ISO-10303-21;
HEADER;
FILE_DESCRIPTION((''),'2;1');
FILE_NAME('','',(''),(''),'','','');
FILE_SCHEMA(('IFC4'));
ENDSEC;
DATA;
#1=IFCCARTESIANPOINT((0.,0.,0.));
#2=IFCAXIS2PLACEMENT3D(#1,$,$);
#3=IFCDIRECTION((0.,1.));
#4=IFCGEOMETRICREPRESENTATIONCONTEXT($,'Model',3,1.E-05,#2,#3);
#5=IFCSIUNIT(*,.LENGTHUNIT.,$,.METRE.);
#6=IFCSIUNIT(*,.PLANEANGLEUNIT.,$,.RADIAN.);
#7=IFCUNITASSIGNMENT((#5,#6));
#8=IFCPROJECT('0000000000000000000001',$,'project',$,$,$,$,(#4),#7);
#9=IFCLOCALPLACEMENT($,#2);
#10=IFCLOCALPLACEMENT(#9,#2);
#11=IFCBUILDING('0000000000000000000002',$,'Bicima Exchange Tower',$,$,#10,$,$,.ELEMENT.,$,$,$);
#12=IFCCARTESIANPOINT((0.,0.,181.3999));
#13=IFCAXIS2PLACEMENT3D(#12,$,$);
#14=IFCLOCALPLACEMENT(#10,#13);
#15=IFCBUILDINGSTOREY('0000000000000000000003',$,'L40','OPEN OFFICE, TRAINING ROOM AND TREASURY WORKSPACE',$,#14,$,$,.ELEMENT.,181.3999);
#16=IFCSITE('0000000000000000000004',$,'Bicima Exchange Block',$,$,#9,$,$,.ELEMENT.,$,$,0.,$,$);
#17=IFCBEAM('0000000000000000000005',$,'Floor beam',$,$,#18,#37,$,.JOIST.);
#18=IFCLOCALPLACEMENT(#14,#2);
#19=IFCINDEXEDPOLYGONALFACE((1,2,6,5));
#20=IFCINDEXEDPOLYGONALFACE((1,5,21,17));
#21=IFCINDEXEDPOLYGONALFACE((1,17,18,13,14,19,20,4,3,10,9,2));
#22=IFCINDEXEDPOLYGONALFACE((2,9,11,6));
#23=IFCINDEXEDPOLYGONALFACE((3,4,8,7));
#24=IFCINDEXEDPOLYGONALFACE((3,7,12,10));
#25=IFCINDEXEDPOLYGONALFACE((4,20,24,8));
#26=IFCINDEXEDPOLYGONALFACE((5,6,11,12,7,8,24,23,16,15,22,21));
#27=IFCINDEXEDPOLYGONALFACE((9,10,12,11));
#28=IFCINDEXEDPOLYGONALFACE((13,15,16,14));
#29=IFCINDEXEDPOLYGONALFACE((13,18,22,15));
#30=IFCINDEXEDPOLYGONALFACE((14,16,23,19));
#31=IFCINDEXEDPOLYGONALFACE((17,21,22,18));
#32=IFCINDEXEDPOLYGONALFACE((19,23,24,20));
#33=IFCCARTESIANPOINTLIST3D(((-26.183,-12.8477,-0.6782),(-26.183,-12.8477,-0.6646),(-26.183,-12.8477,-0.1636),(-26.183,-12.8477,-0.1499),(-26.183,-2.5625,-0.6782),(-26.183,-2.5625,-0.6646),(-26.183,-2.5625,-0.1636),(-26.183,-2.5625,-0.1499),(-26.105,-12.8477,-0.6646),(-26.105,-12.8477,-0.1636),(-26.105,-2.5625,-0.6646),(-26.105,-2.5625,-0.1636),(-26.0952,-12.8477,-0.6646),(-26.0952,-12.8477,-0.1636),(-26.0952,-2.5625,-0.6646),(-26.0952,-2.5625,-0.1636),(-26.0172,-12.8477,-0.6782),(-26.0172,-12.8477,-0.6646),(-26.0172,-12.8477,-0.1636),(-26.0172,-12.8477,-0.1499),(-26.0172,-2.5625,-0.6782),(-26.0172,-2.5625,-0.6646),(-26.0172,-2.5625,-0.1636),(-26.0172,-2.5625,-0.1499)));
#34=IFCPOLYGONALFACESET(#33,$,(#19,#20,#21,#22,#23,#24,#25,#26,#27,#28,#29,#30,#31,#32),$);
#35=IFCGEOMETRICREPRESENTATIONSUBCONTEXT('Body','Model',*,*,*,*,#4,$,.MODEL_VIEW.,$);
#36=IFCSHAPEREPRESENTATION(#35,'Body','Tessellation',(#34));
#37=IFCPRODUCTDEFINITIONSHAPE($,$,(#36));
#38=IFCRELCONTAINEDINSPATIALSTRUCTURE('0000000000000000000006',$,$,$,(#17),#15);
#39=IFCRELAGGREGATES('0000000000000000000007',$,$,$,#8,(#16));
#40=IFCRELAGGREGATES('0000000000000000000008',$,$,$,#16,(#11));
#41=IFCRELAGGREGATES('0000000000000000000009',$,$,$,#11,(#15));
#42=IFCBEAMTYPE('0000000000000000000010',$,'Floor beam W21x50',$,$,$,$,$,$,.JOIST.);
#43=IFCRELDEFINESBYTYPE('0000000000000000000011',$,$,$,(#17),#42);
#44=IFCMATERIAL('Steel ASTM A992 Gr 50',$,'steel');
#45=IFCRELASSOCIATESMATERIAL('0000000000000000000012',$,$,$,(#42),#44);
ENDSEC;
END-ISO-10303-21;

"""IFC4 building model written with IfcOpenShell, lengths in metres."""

from ifc_helpers import new_model, si_unit, direction, frame, origin, origin_2d, place, context, subcontext, project, spatial, i_section, extrude, material, material_profile, profile_set, type_object, element, save


model = new_model("IFC4")

# Units and contexts
model_context = context("Model", 3, precision=1e-05, world=origin(), true_north=direction((0.0, 1.0)))
body_context = subcontext(model_context, "Body", "Model", "MODEL_VIEW")
ifc_project = project(units=[si_unit("LENGTHUNIT", "METRE"), si_unit("PLANEANGLEUNIT", "RADIAN")], contexts=[model_context])

# Site, building, storey
site_placement = place(None, origin())
site = spatial("IfcSite", under=ifc_project, at=site_placement, Name="Bicima Exchange Block", CompositionType="ELEMENT", RefElevation=0.0)
building_placement = place(site_placement, origin())
building = spatial("IfcBuilding", under=site, at=building_placement, Name="Bicima Exchange Tower", CompositionType="ELEMENT")
storey_placement = place(building_placement, frame((0.0, 0.0, 181.3999)))
storey = spatial("IfcBuildingStorey", under=building, at=storey_placement, Name="L40", Description="OPEN OFFICE, TRAINING ROOM AND TREASURY WORKSPACE", CompositionType="ELEMENT", Elevation=181.3999)

# Beam
ifc_material_1 = material(Name="Steel ASTM A992 Gr 50", Category="steel")
ifc_material_profile = material_profile(ifc_material_1, i_section(OverallWidth=0.1658, OverallDepth=0.5283, WebThickness=0.0098, FlangeThickness=0.0137, at=origin_2d()))
ifc_profile_set = profile_set([ifc_material_profile], Name="Steel ASTM A992 Gr 50")
beam_type = type_object("IfcBeamType", Name="Floor beam W21x50", PredefinedType="JOIST", material=ifc_profile_set)
beam_placement = place(storey_placement, frame((-26.1001, -2.5625, -0.4141), z_axis=(0.0, -1.0, 0.0), x_axis=(1.0, 0.0, 0.0)))
element("IfcBeam", 1, at=beam_placement, inside=storey, type_object=beam_type, Name="Floor beam", PredefinedType="JOIST", context=body_context, shape_type="SweptSolid", body=[
    extrude(i_section(OverallWidth=0.1658, OverallDepth=0.5283, WebThickness=0.0098, FlangeThickness=0.0137, at=origin_2d()), origin(), (0.0, 0.0, 1.0), 10.2852),
])

save(model, "model.ifc")
